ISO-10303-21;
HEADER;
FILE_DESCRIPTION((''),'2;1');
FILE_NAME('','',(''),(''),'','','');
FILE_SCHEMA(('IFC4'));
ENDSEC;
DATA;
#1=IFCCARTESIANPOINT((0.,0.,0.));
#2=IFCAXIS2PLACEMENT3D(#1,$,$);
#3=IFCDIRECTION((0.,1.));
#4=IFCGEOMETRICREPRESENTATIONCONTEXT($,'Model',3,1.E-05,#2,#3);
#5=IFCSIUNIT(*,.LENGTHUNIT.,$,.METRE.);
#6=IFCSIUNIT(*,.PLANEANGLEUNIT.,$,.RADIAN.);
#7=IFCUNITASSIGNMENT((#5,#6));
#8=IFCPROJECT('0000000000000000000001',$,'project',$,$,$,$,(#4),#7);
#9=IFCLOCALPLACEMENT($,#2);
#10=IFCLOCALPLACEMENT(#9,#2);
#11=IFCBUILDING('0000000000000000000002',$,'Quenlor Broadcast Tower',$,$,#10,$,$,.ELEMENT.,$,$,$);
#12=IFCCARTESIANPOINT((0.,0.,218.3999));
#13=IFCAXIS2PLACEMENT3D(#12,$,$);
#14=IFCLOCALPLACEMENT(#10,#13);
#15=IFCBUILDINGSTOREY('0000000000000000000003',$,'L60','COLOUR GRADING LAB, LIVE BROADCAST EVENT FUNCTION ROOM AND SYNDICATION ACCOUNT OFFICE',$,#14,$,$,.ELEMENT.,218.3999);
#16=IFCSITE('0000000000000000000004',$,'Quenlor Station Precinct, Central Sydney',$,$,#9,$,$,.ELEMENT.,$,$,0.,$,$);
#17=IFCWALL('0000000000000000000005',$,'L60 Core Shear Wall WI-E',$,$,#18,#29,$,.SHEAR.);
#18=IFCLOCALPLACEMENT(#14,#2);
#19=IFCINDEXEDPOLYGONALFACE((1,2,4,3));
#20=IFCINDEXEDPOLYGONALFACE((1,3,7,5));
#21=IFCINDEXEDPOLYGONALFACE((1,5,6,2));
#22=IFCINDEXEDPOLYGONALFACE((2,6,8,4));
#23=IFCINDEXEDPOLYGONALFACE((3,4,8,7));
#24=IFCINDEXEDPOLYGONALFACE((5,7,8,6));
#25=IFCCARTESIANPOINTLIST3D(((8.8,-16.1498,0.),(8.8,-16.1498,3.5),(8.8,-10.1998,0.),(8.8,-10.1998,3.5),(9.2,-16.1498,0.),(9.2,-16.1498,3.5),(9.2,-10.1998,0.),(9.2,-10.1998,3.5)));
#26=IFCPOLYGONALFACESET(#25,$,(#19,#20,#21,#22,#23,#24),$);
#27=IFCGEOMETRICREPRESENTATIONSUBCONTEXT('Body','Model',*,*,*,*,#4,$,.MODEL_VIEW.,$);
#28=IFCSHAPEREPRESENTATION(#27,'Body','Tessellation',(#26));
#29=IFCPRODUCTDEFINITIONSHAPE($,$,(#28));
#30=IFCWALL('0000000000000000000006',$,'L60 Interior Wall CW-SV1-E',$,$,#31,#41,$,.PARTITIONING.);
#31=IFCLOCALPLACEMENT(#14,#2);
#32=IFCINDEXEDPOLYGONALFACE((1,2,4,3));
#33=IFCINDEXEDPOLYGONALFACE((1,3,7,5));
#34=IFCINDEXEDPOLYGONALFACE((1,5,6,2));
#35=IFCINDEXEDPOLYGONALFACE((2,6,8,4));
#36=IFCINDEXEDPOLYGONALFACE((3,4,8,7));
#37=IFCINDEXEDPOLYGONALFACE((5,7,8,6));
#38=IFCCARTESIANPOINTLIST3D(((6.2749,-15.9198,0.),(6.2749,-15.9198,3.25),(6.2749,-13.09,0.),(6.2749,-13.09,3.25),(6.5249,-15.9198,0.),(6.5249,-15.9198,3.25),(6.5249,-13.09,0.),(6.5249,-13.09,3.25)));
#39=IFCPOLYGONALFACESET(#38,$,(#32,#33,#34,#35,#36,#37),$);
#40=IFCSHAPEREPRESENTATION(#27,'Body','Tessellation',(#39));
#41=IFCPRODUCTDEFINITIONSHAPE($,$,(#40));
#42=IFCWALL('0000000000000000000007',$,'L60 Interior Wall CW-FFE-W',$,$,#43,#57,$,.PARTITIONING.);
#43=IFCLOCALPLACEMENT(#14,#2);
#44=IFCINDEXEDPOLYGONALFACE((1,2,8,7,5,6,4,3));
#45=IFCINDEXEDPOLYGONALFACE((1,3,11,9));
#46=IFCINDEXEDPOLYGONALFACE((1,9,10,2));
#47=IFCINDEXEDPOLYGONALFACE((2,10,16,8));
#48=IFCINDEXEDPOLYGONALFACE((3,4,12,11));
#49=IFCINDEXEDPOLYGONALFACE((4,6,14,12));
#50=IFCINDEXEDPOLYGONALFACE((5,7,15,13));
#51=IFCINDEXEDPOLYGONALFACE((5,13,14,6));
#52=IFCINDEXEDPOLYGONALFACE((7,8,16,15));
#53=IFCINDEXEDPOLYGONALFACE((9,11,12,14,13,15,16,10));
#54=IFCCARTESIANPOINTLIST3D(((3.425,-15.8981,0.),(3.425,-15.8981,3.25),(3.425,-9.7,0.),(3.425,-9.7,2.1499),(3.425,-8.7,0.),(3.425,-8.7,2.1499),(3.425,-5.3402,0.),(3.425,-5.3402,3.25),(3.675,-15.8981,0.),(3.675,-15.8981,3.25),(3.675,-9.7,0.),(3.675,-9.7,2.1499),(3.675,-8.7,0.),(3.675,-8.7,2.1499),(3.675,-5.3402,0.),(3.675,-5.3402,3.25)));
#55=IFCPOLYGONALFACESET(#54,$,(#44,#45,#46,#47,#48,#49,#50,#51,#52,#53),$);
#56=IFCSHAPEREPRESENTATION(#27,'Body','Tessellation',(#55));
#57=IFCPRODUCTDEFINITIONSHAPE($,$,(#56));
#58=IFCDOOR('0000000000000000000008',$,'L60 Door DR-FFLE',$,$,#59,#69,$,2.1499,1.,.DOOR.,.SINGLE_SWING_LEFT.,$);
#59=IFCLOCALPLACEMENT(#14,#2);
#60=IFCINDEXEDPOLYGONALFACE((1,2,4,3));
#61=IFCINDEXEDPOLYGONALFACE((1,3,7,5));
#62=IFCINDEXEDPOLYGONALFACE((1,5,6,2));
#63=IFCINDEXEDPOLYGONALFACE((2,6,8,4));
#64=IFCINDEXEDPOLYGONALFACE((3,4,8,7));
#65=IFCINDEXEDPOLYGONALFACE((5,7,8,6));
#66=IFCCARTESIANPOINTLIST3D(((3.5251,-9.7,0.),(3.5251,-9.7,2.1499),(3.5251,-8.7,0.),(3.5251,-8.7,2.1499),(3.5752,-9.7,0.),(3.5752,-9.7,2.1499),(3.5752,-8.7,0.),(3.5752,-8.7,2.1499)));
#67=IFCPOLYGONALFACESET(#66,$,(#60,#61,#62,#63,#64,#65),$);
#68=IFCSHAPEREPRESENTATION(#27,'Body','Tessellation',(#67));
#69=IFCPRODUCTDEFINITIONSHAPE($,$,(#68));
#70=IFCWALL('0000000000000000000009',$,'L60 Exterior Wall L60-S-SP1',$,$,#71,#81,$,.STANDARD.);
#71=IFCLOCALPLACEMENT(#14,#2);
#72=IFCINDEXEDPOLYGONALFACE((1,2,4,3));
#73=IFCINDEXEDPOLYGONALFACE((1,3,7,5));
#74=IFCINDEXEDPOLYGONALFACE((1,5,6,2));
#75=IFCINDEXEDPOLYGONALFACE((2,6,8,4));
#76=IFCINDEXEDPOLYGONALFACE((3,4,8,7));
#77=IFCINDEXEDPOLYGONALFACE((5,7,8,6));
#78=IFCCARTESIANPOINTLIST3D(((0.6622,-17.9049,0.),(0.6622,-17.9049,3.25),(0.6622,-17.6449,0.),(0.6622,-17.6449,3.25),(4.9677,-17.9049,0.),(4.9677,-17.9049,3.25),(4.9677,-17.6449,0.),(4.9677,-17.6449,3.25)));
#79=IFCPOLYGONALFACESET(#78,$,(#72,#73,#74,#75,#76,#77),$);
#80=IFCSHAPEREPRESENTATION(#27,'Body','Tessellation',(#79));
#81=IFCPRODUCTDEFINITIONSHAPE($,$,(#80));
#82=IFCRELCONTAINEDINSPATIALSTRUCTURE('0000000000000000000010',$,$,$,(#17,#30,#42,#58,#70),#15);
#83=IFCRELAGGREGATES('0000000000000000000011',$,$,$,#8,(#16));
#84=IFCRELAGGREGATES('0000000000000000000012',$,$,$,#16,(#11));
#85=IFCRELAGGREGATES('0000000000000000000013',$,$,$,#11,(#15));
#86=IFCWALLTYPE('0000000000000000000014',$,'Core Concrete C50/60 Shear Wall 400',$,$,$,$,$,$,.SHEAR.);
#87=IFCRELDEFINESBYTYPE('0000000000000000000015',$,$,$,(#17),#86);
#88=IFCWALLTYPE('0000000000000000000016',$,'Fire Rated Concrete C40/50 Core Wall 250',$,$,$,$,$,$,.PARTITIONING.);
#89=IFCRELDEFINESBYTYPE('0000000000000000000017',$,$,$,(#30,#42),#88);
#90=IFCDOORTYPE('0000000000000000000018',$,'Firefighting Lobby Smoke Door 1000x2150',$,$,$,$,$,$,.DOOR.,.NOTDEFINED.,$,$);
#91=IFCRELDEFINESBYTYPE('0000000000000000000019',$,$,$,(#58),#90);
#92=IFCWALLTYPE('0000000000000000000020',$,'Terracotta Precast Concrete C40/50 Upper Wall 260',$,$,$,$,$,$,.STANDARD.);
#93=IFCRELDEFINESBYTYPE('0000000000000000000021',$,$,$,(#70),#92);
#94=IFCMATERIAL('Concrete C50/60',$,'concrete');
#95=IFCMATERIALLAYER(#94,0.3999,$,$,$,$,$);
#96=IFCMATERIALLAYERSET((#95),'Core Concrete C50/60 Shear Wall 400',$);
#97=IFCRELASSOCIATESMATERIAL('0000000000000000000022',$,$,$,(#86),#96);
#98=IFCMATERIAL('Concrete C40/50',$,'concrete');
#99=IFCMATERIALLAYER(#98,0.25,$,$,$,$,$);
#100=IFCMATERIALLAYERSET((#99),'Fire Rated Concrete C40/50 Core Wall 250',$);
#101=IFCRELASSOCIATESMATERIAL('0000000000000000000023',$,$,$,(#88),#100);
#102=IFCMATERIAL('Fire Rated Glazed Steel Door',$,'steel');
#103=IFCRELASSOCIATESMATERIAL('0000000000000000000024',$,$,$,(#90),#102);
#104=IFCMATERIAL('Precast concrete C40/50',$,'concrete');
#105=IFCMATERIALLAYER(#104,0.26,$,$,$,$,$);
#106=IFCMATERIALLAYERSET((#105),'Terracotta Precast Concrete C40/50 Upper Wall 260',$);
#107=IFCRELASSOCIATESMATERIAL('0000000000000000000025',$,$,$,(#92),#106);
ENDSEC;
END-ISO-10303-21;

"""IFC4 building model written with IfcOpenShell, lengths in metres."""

from ifc_helpers import new_model, si_unit, direction, frame, frame_2d, origin, place, context, subcontext, project, spatial, rectangle, extrude, material, layer, layer_set, type_object, element, fill, save


model = new_model("IFC4")

# Units and contexts
model_context = context("Model", 3, precision=1e-05, world=origin(), true_north=direction((0.0, 1.0)))
body_context = subcontext(model_context, "Body", "Model", "MODEL_VIEW")
ifc_project = project(units=[si_unit("LENGTHUNIT", "METRE"), si_unit("PLANEANGLEUNIT", "RADIAN")], contexts=[model_context])

# Site, building, storey
site_placement = place(None, origin())
site = spatial("IfcSite", under=ifc_project, at=site_placement, Name="Quenlor Station Precinct, Central Sydney", CompositionType="ELEMENT", RefElevation=0.0)
building_placement = place(site_placement, origin())
building = spatial("IfcBuilding", under=site, at=building_placement, Name="Quenlor Broadcast Tower", CompositionType="ELEMENT")
storey_placement = place(building_placement, frame((0.0, 0.0, 218.3999)))
storey = spatial("IfcBuildingStorey", under=building, at=storey_placement, Name="L60", Description="COLOUR GRADING LAB, LIVE BROADCAST EVENT FUNCTION ROOM AND SYNDICATION ACCOUNT OFFICE", CompositionType="ELEMENT", Elevation=218.3999)

# Walls
ifc_material_1 = material(Name="Concrete C50/60", Category="concrete")
ifc_layer_1 = layer(ifc_material_1, 0.3999)
ifc_layer_set_1 = layer_set([ifc_layer_1], Name="Core Concrete C50/60 Shear Wall 400")
wall_type_1 = type_object("IfcWallType", Name="Core Concrete C50/60 Shear Wall 400", PredefinedType="SHEAR", material=ifc_layer_set_1)
wall_1_placement = place(storey_placement, frame((9.0, -16.1499, 0.0), z_axis=(0.0, 0.0, 1.0), x_axis=(0.0, 1.0, 0.0)))
element("IfcWall", 1, at=wall_1_placement, inside=storey, type_object=wall_type_1, Name="L60 Core Shear Wall WI-E", PredefinedType="SHEAR", context=body_context, shape_type="SweptSolid", body=[
    extrude(rectangle(XDim=5.95, YDim=0.3999, at=frame_2d((2.9751, 0.0))), origin(), (0.0, 0.0, 1.0), 3.5),
])
ifc_material_2 = material(Name="Concrete C40/50", Category="concrete")
ifc_layer_2 = layer(ifc_material_2, 0.25)
ifc_layer_set_2 = layer_set([ifc_layer_2], Name="Fire Rated Concrete C40/50 Core Wall 250")
wall_type_2 = type_object("IfcWallType", Name="Fire Rated Concrete C40/50 Core Wall 250", PredefinedType="PARTITIONING", material=ifc_layer_set_2)
wall_2_placement = place(storey_placement, frame((6.3999, -15.9199, 0.0), z_axis=(0.0, 0.0, 1.0), x_axis=(0.0, 1.0, 0.0)))
element("IfcWall", 2, at=wall_2_placement, inside=storey, type_object=wall_type_2, Name="L60 Interior Wall CW-SV1-E", PredefinedType="PARTITIONING", context=body_context, shape_type="SweptSolid", body=[
    extrude(rectangle(XDim=2.8298, YDim=0.25, at=frame_2d((1.415, 0.0))), origin(), (0.0, 0.0, 1.0), 3.25),
])

# Wall, opening, door
wall_3_placement = place(storey_placement, frame((3.55, -15.8979, 0.0), z_axis=(0.0, 0.0, 1.0), x_axis=(0.0, 1.0, 0.0)))
wall_3 = element("IfcWall", 3, at=wall_3_placement, inside=storey, type_object=wall_type_2, Name="L60 Interior Wall CW-FFE-W", PredefinedType="PARTITIONING", context=body_context, shape_type="SweptSolid", body=[
    extrude(rectangle(XDim=10.5579, YDim=0.25, at=frame_2d((5.2788, 0.0))), origin(), (0.0, 0.0, 1.0), 3.25),
])
opening_placement = place(wall_3_placement, frame((6.198, 0.0, 0.0)))
opening = element("IfcOpeningElement", 4, at=opening_placement, cuts=wall_3, PredefinedType="OPENING", context=body_context, shape_type="SweptSolid", body=[
    extrude(rectangle(XDim=1.0, YDim=2.1499, at=frame_2d((0.5, 1.075))), frame((0.0, 0.135, 0.0), z_axis=(0.0, -1.0, 0.0), x_axis=(1.0, 0.0, 0.0)), (0.0, 0.0, 1.0), 0.27),
])
ifc_material_3 = material(Name="Fire Rated Glazed Steel Door", Category="steel")
door_type = type_object("IfcDoorType", Name="Firefighting Lobby Smoke Door 1000x2150", OperationType="NOTDEFINED", PredefinedType="DOOR", material=ifc_material_3)
door_placement = place(opening_placement, origin())
door = element("IfcDoor", 5, at=door_placement, inside=storey, type_object=door_type, Name="L60 Door DR-FFLE", OperationType="SINGLE_SWING_LEFT", OverallHeight=2.1499, OverallWidth=1.0, PredefinedType="DOOR", context=body_context, shape_type="SweptSolid", body=[
    extrude(rectangle(XDim=1.0, YDim=2.1499, at=frame_2d((0.5, 1.075))), frame((0.0, 0.0249, 0.0), z_axis=(0.0, -1.0, 0.0), x_axis=(1.0, 0.0, 0.0)), (0.0, 0.0, 1.0), 0.05),
])
fill(opening, door)

# Wall
ifc_material_4 = material(Name="Precast concrete C40/50", Category="concrete")
ifc_layer_3 = layer(ifc_material_4, 0.26)
ifc_layer_set_3 = layer_set([ifc_layer_3], Name="Terracotta Precast Concrete C40/50 Upper Wall 260")
wall_type_3 = type_object("IfcWallType", Name="Terracotta Precast Concrete C40/50 Upper Wall 260", PredefinedType="STANDARD", material=ifc_layer_set_3)
wall_4_placement = place(storey_placement, frame((4.9678, -17.7749, 0.0), z_axis=(0.0, 0.0, 1.0), x_axis=(-1.0, 0.0, 0.0)))
element("IfcWall", 6, at=wall_4_placement, inside=storey, type_object=wall_type_3, Name="L60 Exterior Wall L60-S-SP1", PredefinedType="STANDARD", context=body_context, shape_type="SweptSolid", body=[
    extrude(rectangle(XDim=4.3054, YDim=0.26, at=frame_2d((2.1528, 0.0))), origin(), (0.0, 0.0, 1.0), 3.25),
])

save(model, "model.ifc")
